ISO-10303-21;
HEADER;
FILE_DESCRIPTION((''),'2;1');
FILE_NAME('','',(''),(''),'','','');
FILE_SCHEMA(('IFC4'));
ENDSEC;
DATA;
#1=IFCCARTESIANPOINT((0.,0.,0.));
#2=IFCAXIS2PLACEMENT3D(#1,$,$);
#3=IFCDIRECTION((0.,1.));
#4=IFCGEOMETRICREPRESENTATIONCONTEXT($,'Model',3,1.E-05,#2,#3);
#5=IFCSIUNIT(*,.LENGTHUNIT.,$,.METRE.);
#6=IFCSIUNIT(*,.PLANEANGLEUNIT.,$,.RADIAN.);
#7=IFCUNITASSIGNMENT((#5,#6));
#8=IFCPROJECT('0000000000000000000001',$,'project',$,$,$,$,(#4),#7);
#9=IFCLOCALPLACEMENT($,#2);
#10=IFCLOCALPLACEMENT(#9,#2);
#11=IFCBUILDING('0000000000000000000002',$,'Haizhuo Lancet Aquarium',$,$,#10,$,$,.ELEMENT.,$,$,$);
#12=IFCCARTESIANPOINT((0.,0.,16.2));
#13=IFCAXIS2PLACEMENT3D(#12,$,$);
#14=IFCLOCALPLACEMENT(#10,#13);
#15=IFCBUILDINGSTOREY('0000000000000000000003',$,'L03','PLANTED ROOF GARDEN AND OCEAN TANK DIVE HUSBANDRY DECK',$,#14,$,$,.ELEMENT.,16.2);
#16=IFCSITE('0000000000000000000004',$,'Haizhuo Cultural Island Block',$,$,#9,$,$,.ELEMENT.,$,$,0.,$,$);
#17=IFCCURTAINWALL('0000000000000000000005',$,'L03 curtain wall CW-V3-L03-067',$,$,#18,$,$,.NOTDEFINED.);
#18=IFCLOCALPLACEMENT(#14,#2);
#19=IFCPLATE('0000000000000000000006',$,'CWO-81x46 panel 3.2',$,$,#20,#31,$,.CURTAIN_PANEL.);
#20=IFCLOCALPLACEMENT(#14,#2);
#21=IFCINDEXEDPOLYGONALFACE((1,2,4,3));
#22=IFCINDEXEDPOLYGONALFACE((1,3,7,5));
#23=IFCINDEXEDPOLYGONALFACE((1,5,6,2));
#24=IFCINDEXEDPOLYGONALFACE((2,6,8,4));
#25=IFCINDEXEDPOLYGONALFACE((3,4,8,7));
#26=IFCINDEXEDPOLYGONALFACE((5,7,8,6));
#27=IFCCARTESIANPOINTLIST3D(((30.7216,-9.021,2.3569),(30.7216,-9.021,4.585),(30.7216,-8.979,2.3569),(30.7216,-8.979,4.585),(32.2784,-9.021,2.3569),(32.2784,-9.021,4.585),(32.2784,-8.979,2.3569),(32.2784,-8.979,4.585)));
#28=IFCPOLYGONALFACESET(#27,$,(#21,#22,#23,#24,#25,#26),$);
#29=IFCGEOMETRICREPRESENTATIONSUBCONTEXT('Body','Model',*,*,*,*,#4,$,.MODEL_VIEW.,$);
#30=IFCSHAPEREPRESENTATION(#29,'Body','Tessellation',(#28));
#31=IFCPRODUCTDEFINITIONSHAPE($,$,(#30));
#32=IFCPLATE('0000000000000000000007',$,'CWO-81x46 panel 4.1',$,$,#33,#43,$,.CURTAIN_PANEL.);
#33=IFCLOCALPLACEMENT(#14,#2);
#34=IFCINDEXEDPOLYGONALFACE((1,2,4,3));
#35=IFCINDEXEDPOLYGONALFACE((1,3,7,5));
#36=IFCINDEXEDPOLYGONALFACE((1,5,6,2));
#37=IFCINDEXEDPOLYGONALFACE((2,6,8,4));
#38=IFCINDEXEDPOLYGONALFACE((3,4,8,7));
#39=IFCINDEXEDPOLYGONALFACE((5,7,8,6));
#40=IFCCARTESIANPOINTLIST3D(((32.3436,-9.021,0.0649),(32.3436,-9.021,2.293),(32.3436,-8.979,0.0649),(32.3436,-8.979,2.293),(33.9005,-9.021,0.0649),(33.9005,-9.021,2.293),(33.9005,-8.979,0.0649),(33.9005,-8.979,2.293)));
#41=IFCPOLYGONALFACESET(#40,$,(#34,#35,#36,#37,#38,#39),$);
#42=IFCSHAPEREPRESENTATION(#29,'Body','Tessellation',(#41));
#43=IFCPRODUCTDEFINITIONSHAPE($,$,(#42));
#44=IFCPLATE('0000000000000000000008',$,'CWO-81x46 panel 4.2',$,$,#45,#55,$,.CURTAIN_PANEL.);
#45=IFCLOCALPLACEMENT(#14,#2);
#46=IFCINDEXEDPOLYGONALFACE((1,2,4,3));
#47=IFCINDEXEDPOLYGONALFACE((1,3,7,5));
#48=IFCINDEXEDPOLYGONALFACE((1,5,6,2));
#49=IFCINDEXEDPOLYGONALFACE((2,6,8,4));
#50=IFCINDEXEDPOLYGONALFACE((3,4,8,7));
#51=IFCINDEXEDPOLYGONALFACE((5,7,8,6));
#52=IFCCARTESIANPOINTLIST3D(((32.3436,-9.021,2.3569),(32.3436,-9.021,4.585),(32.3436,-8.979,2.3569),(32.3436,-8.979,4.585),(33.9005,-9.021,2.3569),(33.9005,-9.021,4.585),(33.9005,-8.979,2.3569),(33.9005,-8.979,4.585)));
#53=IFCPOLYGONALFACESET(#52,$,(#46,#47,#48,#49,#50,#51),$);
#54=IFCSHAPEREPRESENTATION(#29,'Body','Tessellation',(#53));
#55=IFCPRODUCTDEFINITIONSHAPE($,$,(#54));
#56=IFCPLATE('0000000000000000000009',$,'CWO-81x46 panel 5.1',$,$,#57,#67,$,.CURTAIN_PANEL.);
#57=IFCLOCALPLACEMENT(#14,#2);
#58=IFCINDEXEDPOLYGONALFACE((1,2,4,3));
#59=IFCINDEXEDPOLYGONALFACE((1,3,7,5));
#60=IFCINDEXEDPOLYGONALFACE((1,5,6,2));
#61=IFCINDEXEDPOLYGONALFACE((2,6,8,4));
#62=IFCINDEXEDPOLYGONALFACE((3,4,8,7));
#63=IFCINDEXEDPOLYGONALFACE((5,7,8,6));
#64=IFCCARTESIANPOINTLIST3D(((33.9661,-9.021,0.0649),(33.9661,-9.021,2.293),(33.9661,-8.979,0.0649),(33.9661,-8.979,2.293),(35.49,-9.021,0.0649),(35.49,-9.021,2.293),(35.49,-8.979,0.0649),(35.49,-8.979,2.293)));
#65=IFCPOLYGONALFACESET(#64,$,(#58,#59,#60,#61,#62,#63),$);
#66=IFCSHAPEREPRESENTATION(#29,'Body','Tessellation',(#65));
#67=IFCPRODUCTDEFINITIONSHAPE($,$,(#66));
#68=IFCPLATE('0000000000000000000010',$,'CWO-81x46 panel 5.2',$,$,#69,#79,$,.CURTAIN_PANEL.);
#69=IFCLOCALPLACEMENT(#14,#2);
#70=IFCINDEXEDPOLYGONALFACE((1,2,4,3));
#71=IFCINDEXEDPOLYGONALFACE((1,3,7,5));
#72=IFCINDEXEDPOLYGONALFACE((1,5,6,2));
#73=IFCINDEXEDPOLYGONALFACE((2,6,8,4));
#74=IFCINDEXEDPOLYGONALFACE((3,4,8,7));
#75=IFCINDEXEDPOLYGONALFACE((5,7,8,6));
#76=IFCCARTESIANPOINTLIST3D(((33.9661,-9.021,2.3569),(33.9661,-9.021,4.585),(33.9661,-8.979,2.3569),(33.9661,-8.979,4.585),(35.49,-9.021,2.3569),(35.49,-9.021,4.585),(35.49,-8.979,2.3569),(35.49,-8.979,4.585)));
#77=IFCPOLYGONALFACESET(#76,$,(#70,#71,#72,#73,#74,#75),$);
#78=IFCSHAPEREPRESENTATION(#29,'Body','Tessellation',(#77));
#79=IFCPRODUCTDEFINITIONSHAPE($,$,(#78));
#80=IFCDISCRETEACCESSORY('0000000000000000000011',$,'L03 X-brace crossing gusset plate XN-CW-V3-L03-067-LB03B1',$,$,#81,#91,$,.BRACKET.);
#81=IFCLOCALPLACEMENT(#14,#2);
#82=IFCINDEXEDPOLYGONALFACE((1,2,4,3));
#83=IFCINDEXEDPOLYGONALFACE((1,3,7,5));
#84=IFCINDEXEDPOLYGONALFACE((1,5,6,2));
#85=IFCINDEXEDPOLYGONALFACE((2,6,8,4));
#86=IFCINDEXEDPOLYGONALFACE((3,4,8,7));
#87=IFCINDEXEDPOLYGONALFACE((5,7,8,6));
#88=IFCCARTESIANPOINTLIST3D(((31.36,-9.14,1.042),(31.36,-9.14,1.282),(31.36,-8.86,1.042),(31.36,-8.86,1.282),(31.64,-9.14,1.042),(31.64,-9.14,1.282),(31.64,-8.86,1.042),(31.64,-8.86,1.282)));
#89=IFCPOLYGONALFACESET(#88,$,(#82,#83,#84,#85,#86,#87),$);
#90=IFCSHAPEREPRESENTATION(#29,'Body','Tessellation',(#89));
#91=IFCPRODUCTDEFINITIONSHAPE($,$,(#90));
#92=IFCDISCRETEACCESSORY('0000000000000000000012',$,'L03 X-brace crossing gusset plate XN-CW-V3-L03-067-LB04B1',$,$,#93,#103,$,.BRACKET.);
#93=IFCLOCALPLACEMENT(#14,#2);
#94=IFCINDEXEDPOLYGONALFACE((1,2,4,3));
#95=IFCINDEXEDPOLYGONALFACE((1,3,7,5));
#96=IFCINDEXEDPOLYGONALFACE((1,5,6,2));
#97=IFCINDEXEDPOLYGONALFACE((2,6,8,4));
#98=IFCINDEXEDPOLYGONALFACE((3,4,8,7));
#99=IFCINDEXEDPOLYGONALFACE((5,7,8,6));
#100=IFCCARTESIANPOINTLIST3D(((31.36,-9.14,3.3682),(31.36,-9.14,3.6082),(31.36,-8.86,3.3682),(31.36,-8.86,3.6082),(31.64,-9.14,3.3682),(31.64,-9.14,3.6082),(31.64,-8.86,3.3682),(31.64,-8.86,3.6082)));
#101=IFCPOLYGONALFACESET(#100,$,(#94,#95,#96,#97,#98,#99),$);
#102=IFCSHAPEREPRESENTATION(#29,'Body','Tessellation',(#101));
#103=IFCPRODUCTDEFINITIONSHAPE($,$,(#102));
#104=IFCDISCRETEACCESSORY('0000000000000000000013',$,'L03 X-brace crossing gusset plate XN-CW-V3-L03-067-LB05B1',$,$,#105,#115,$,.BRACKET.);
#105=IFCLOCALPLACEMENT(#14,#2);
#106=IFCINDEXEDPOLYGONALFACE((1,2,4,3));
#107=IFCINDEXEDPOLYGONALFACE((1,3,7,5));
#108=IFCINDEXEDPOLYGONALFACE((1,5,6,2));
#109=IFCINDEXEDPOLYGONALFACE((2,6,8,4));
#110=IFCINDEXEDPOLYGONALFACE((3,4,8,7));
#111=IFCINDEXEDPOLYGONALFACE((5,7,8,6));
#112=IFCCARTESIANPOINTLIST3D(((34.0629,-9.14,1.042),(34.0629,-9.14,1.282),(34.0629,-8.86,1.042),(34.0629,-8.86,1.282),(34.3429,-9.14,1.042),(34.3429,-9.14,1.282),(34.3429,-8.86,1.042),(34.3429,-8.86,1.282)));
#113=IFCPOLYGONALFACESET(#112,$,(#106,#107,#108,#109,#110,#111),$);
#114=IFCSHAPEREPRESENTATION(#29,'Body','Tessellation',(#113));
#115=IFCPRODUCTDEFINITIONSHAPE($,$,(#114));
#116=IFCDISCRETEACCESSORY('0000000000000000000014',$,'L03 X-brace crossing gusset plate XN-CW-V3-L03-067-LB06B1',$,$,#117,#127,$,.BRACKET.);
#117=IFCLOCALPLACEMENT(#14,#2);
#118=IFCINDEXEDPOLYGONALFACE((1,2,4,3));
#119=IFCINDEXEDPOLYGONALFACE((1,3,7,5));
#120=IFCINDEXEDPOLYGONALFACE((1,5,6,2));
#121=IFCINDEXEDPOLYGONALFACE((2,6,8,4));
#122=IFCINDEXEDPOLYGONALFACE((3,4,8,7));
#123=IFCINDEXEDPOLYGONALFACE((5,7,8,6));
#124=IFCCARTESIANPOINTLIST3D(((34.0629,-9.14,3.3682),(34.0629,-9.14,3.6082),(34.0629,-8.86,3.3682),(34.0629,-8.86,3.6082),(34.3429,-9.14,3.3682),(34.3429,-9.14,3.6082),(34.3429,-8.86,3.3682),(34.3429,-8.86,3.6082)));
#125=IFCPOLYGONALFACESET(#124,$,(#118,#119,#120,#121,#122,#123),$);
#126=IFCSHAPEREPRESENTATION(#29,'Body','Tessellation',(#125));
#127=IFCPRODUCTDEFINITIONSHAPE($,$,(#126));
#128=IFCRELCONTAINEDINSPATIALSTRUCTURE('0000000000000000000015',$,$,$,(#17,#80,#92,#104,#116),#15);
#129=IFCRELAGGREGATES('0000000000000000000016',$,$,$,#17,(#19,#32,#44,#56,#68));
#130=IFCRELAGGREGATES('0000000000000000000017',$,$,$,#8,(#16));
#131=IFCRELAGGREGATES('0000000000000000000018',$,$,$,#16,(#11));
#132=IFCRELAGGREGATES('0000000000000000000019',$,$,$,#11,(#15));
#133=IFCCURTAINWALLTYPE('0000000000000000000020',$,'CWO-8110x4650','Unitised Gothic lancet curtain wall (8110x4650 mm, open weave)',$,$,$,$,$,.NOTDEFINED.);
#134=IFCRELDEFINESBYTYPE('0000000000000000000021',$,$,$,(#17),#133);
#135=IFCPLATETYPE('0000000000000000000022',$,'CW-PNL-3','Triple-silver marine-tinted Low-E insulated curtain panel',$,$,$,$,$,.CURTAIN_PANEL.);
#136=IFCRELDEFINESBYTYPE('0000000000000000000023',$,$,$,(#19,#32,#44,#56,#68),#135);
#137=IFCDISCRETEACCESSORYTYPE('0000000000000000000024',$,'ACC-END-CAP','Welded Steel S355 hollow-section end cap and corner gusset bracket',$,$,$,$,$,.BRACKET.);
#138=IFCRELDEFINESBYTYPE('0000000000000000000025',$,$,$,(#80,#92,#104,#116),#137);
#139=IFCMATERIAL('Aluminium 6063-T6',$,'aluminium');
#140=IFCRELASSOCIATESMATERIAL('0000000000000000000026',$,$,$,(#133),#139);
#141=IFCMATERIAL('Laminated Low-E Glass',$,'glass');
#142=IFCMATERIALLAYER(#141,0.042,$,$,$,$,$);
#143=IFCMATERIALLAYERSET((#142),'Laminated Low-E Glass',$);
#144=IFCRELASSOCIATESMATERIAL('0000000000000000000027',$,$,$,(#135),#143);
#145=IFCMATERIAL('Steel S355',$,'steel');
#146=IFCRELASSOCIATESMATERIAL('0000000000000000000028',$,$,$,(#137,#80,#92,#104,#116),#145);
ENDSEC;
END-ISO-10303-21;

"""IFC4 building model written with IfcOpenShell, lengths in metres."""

from ifc_helpers import new_model, si_unit, direction, frame, origin, origin_2d, place, context, subcontext, project, spatial, rectangle, extrude, material, layer, layer_set, type_object, element, aggregate, save


model = new_model("IFC4")

# Units and contexts
model_context = context("Model", 3, precision=1e-05, world=origin(), true_north=direction((0.0, 1.0)))
body_context = subcontext(model_context, "Body", "Model", "MODEL_VIEW")
ifc_project = project(units=[si_unit("LENGTHUNIT", "METRE"), si_unit("PLANEANGLEUNIT", "RADIAN")], contexts=[model_context])

# Site, building, storey
site_placement = place(None, origin())
site = spatial("IfcSite", under=ifc_project, at=site_placement, Name="Haizhuo Cultural Island Block", CompositionType="ELEMENT", RefElevation=0.0)
building_placement = place(site_placement, origin())
building = spatial("IfcBuilding", under=site, at=building_placement, Name="Haizhuo Lancet Aquarium", CompositionType="ELEMENT")
storey_placement = place(building_placement, frame((0.0, 0.0, 16.2)))
storey = spatial("IfcBuildingStorey", under=building, at=storey_placement, Name="L03", Description="PLANTED ROOF GARDEN AND OCEAN TANK DIVE HUSBANDRY DECK", CompositionType="ELEMENT", Elevation=16.2)

# Curtain wall
ifc_material_1 = material(Name="Aluminium 6063-T6", Category="aluminium")
curtain_wall_type = type_object("IfcCurtainWallType", Name="CWO-8110x4650", Description="Unitised Gothic lancet curtain wall (8110x4650 mm, open weave)", PredefinedType="NOTDEFINED", material=ifc_material_1)
curtain_wall_placement = place(storey_placement, origin())
curtain_wall = element("IfcCurtainWall", 1, at=curtain_wall_placement, inside=storey, type_object=curtain_wall_type, Name="L03 curtain wall CW-V3-L03-067", PredefinedType="NOTDEFINED")

# Shared definitions
ifc_material_2 = material(Name="Steel S355", Category="steel")

# Plates
ifc_material_3 = material(Name="Laminated Low-E Glass", Category="glass")
ifc_layer = layer(ifc_material_3, 0.042)
ifc_layer_set = layer_set([ifc_layer], Name="Laminated Low-E Glass")
plate_type = type_object("IfcPlateType", Name="CW-PNL-3", Description="Triple-silver marine-tinted Low-E insulated curtain panel", PredefinedType="CURTAIN_PANEL", material=ifc_layer_set)
plate_1_placement = place(storey_placement, frame((31.5, -9.0, 2.3569), z_axis=(0.0, 0.0, 1.0), x_axis=(1.0, 0.0, 0.0)))
plate_1 = element("IfcPlate", 2, at=plate_1_placement, type_object=plate_type, Name="CWO-81x46 panel 3.2", PredefinedType="CURTAIN_PANEL", context=body_context, shape_type="SweptSolid", body=[
    extrude(rectangle(XDim=1.5569, YDim=0.042, at=origin_2d()), origin(), (0.0, 0.0, 1.0), 2.228),
])
plate_2_placement = place(storey_placement, frame((33.1221, -9.0, 0.0649), z_axis=(0.0, 0.0, 1.0), x_axis=(1.0, 0.0, 0.0)))
plate_2 = element("IfcPlate", 3, at=plate_2_placement, type_object=plate_type, Name="CWO-81x46 panel 4.1", PredefinedType="CURTAIN_PANEL", context=body_context, shape_type="SweptSolid", body=[
    extrude(rectangle(XDim=1.5569, YDim=0.042, at=origin_2d()), origin(), (0.0, 0.0, 1.0), 2.228),
])
plate_3_placement = place(storey_placement, frame((33.1221, -9.0, 2.3569), z_axis=(0.0, 0.0, 1.0), x_axis=(1.0, 0.0, 0.0)))
plate_3 = element("IfcPlate", 4, at=plate_3_placement, type_object=plate_type, Name="CWO-81x46 panel 4.2", PredefinedType="CURTAIN_PANEL", context=body_context, shape_type="SweptSolid", body=[
    extrude(rectangle(XDim=1.5569, YDim=0.042, at=origin_2d()), origin(), (0.0, 0.0, 1.0), 2.228),
])
plate_4_placement = place(storey_placement, frame((34.728, -9.0, 0.0649), z_axis=(0.0, 0.0, 1.0), x_axis=(1.0, 0.0, 0.0)))
plate_4 = element("IfcPlate", 5, at=plate_4_placement, type_object=plate_type, Name="CWO-81x46 panel 5.1", PredefinedType="CURTAIN_PANEL", context=body_context, shape_type="SweptSolid", body=[
    extrude(rectangle(XDim=1.5239, YDim=0.042, at=origin_2d()), origin(), (0.0, 0.0, 1.0), 2.228),
])
plate_5_placement = place(storey_placement, frame((34.728, -9.0, 2.3569), z_axis=(0.0, 0.0, 1.0), x_axis=(1.0, 0.0, 0.0)))
plate_5 = element("IfcPlate", 6, at=plate_5_placement, type_object=plate_type, Name="CWO-81x46 panel 5.2", PredefinedType="CURTAIN_PANEL", context=body_context, shape_type="SweptSolid", body=[
    extrude(rectangle(XDim=1.5239, YDim=0.042, at=origin_2d()), origin(), (0.0, 0.0, 1.0), 2.228),
])
aggregate(curtain_wall, [plate_1, plate_2, plate_3, plate_4, plate_5])

# Discrete accessories
discrete_accessory_type = type_object("IfcDiscreteAccessoryType", Name="ACC-END-CAP", Description="Welded Steel S355 hollow-section end cap and corner gusset bracket", PredefinedType="BRACKET", material=ifc_material_2)
for number, where, z_axis, x_axis, name in (
    (7, (31.5, -9.0, 1.042), (0.0, 0.0, 1.0), (1.0, 0.0, 0.0), "L03 X-brace crossing gusset plate XN-CW-V3-L03-067-LB03B1"),
    (8, (31.5, -9.0, 3.3682), (0.0, 0.0, 1.0), (1.0, 0.0, 0.0), "L03 X-brace crossing gusset plate XN-CW-V3-L03-067-LB04B1"),
    (9, (34.2029, -9.0, 1.042), (0.0, 0.0, 1.0), (1.0, 0.0, 0.0), "L03 X-brace crossing gusset plate XN-CW-V3-L03-067-LB05B1"),
    (10, (34.2029, -9.0, 3.3682), (0.0, 0.0, 1.0), (1.0, 0.0, 0.0), "L03 X-brace crossing gusset plate XN-CW-V3-L03-067-LB06B1"),
):
    element("IfcDiscreteAccessory", number, at=place(storey_placement, frame(where, z_axis=z_axis, x_axis=x_axis)), inside=storey, type_object=discrete_accessory_type, material=ifc_material_2, Name=name, PredefinedType="BRACKET", context=body_context, shape_type="SweptSolid", body=[
        extrude(rectangle(XDim=0.28, YDim=0.28, at=origin_2d()), origin(), (0.0, 0.0, 1.0), 0.24),
    ])

save(model, "model.ifc")
